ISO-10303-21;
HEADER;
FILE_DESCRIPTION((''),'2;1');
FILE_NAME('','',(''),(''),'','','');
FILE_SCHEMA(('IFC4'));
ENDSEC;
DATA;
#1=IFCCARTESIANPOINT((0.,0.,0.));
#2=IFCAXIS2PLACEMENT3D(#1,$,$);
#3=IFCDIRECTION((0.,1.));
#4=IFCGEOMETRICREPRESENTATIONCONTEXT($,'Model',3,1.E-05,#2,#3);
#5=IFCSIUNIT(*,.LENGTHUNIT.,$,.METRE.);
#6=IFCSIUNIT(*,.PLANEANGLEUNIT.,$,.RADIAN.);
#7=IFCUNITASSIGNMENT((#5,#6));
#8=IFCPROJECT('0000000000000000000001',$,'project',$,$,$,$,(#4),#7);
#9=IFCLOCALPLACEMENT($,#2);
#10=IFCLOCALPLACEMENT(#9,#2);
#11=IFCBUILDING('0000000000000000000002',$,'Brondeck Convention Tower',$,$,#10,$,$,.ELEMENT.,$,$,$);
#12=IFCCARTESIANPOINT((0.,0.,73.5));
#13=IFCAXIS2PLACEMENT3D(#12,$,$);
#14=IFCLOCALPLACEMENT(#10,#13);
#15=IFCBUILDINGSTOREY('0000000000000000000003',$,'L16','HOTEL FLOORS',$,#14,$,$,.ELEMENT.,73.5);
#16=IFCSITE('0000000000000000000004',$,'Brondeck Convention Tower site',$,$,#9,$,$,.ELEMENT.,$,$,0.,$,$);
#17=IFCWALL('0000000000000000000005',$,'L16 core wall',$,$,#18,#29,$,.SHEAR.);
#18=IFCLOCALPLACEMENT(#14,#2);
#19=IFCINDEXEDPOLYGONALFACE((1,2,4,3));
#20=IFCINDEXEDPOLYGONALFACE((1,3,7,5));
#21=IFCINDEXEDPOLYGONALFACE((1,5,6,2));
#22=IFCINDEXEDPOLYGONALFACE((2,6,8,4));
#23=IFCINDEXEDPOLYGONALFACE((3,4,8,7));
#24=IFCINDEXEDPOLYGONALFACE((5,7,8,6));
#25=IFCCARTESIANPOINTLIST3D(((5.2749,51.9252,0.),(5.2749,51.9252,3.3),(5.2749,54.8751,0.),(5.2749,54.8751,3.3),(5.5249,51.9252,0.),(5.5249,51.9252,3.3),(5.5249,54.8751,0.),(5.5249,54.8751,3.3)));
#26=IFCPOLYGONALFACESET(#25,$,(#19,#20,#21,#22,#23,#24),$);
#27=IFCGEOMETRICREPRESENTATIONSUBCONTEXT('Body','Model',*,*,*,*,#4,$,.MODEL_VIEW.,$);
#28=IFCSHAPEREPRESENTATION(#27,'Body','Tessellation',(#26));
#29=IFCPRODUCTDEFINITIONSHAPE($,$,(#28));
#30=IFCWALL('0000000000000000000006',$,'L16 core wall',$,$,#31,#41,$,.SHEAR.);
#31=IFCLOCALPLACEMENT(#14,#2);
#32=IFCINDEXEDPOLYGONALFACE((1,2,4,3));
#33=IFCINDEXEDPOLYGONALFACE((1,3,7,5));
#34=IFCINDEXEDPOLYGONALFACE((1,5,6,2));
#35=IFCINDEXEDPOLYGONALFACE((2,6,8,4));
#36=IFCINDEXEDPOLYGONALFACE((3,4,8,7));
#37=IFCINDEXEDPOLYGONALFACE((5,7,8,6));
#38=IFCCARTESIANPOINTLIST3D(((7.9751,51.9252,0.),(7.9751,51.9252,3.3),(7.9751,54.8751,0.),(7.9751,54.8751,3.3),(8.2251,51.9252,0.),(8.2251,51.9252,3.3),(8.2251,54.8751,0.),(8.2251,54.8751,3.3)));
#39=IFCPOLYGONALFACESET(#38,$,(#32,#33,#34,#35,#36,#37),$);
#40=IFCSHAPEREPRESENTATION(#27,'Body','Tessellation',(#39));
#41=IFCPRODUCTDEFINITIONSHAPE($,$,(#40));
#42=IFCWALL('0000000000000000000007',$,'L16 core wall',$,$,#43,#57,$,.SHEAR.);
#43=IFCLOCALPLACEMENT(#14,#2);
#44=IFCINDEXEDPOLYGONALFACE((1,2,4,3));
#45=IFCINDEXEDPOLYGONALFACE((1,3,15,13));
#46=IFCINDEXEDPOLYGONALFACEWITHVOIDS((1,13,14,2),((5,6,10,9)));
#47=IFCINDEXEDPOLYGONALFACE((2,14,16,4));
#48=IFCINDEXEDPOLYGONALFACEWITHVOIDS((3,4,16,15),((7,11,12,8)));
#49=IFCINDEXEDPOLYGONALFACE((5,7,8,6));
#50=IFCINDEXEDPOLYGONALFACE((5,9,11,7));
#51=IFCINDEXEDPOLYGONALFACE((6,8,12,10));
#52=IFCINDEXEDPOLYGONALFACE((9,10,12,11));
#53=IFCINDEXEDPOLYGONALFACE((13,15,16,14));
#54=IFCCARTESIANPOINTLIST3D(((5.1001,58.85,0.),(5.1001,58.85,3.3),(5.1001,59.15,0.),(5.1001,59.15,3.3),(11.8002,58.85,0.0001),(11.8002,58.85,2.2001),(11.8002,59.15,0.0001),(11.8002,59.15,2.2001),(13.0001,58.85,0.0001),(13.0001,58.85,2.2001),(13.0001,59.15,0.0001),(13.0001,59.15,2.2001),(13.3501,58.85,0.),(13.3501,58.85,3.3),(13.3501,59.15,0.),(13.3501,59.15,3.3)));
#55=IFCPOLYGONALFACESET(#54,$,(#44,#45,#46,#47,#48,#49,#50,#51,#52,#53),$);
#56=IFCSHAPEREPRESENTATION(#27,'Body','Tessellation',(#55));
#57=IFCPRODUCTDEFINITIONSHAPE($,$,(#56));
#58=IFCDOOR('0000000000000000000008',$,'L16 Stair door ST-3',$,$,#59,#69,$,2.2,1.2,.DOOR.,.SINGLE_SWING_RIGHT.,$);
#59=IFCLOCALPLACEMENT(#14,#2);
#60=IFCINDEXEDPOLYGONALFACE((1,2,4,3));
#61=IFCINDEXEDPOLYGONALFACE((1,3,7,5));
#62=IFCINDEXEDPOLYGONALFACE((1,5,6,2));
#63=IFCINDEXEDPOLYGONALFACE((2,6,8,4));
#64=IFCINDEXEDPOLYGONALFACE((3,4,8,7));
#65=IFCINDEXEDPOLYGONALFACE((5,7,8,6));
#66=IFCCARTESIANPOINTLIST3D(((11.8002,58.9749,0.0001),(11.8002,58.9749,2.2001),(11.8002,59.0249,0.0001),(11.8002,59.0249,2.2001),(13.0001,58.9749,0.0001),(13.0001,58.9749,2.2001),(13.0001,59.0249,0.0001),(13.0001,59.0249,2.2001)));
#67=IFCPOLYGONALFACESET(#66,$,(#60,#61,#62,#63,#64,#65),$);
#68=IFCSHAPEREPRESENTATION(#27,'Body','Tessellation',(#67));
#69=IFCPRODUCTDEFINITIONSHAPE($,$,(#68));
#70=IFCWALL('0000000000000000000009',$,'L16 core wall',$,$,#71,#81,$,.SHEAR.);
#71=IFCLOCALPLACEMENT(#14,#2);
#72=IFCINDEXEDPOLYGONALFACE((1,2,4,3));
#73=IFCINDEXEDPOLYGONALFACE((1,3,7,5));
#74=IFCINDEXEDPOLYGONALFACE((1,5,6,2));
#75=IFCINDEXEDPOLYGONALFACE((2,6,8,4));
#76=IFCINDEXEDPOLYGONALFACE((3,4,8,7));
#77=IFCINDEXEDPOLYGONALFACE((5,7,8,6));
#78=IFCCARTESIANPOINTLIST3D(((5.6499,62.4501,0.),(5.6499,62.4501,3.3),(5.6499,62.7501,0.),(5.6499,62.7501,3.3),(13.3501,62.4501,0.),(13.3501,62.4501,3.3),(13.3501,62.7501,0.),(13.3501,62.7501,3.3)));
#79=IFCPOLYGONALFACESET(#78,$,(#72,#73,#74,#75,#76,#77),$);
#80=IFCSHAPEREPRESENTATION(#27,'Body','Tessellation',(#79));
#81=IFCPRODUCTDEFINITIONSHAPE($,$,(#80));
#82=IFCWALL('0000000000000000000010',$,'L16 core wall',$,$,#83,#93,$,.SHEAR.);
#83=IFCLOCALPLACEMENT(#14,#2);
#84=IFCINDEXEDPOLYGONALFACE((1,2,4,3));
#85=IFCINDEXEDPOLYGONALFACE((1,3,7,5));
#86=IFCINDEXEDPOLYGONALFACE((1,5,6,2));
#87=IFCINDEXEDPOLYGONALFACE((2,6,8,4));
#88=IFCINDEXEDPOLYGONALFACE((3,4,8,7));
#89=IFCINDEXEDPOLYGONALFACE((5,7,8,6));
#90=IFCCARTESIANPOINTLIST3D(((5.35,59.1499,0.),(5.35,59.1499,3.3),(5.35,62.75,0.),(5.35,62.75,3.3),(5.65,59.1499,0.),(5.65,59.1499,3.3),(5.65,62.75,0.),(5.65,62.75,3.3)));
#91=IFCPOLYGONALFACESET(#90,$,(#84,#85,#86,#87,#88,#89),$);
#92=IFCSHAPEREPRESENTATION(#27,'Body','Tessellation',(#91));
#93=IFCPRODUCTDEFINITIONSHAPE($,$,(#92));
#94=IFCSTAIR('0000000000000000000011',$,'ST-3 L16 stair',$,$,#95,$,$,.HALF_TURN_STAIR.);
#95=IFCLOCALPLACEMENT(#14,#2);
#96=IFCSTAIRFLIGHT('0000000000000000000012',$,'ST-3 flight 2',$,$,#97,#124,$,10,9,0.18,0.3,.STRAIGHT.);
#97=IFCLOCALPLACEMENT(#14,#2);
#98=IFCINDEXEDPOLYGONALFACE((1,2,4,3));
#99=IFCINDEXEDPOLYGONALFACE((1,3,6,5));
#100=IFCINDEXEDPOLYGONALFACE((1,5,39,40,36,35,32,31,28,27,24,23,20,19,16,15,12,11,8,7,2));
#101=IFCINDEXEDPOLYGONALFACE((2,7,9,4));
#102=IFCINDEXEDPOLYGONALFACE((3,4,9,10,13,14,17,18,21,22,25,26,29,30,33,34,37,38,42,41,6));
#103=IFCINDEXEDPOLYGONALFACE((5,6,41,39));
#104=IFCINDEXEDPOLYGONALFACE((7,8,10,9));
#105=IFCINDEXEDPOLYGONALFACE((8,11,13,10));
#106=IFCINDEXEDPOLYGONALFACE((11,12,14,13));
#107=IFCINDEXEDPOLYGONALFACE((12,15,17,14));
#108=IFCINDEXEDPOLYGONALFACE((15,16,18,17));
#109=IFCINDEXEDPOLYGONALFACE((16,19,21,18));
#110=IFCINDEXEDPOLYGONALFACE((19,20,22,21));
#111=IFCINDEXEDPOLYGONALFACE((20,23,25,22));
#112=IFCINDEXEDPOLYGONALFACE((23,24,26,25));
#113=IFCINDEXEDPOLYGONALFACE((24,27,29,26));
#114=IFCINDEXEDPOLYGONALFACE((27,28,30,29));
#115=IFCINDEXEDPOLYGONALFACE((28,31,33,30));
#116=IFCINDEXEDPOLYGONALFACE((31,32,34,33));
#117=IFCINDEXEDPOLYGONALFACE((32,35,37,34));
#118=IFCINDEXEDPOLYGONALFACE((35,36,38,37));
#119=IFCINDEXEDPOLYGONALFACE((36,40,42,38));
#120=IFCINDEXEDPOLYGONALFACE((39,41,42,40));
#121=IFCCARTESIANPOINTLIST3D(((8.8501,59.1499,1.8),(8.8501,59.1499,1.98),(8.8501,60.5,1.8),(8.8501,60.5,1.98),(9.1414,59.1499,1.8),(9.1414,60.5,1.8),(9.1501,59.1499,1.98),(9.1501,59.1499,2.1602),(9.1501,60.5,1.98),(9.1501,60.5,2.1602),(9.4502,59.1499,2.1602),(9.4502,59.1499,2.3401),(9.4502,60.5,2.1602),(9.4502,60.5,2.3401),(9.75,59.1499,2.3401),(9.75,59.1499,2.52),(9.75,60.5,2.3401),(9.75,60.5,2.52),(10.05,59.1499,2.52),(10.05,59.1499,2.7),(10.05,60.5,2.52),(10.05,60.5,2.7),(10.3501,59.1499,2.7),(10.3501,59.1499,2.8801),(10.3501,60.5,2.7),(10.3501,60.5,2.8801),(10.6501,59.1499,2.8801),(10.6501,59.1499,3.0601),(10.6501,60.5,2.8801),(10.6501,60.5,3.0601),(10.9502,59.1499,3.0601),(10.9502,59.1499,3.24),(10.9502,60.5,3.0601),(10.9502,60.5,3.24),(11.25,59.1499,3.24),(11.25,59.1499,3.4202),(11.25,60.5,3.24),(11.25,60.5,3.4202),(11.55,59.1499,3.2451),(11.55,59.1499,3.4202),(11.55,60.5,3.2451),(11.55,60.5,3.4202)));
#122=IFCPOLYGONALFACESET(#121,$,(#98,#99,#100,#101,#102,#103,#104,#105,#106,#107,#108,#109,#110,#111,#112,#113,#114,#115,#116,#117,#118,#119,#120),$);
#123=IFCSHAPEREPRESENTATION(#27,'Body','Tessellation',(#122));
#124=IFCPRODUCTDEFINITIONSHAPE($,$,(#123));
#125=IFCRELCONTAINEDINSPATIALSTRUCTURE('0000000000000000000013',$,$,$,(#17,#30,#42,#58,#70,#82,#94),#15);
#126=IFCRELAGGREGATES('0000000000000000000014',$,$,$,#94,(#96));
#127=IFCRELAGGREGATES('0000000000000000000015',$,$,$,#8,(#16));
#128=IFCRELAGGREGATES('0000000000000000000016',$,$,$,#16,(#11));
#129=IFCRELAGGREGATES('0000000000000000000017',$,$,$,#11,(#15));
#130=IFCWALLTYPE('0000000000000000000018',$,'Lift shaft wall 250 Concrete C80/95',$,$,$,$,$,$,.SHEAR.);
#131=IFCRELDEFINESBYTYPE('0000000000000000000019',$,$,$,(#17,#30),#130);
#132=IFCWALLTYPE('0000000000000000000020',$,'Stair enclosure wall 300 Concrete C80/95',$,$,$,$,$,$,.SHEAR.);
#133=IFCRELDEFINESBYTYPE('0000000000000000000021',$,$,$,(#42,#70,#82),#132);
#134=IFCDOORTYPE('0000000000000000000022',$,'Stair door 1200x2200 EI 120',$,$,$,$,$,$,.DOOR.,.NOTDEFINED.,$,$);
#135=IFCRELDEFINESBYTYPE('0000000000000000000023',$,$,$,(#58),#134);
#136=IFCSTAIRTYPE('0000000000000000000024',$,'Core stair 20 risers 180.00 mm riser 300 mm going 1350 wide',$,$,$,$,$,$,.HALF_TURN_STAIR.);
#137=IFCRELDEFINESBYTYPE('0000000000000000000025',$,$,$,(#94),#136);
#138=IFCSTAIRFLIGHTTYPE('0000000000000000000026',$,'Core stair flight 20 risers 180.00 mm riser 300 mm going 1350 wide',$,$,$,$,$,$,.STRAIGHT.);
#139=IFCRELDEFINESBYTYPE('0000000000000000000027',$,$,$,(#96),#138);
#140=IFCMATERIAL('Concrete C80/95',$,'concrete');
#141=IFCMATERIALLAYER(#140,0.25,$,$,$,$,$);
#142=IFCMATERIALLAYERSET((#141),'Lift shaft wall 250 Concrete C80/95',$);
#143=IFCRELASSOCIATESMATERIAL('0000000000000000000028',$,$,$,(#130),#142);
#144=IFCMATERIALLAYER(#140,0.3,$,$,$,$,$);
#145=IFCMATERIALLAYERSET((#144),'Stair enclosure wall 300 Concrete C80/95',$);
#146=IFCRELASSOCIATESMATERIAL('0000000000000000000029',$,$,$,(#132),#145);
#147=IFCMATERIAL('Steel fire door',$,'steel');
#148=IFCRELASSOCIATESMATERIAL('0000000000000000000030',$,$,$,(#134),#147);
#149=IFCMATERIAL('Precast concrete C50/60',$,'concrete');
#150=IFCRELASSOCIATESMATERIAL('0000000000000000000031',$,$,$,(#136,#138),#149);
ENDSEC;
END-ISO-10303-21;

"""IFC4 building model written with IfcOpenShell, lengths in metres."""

from ifc_helpers import new_model, si_unit, direction, frame, frame_2d, origin, place, context, subcontext, project, spatial, polyline, rectangle, outline, extrude, material, layer, layer_set, type_object, element, fill, aggregate, save


model = new_model("IFC4")

# Units and contexts
model_context = context("Model", 3, precision=1e-05, world=origin(), true_north=direction((0.0, 1.0)))
body_context = subcontext(model_context, "Body", "Model", "MODEL_VIEW")
ifc_project = project(units=[si_unit("LENGTHUNIT", "METRE"), si_unit("PLANEANGLEUNIT", "RADIAN")], contexts=[model_context])

# Site, building, storey
site_placement = place(None, origin())
site = spatial("IfcSite", under=ifc_project, at=site_placement, Name="Brondeck Convention Tower site", CompositionType="ELEMENT", RefElevation=0.0)
building_placement = place(site_placement, origin())
building = spatial("IfcBuilding", under=site, at=building_placement, Name="Brondeck Convention Tower", CompositionType="ELEMENT")
storey_placement = place(building_placement, frame((0.0, 0.0, 73.5)))
storey = spatial("IfcBuildingStorey", under=building, at=storey_placement, Name="L16", Description="HOTEL FLOORS", CompositionType="ELEMENT", Elevation=73.5)

# Shared definitions
ifc_material_1 = material(Name="Concrete C80/95", Category="concrete")

# Shared definitions
ifc_material_2 = material(Name="Steel fire door", Category="steel")

# Shared definitions
ifc_layer_1 = layer(ifc_material_1, 0.25)
ifc_layer_set_1 = layer_set([ifc_layer_1], Name="Lift shaft wall 250 Concrete C80/95")
wall_type_1 = type_object("IfcWallType", Name="Lift shaft wall 250 Concrete C80/95", PredefinedType="SHEAR", material=ifc_layer_set_1)

# Walls
for number, where, z_axis, x_axis, name in (
    (1, (5.3999, 51.925, 0.0), (0.0, 0.0, 1.0), (0.0, 1.0, 0.0), "L16 core wall"),
    (2, (8.1001, 51.925, 0.0), (0.0, 0.0, 1.0), (0.0, 1.0, 0.0), "L16 core wall"),
):
    element("IfcWall", number, at=place(storey_placement, frame(where, z_axis=z_axis, x_axis=x_axis)), inside=storey, type_object=wall_type_1, Name=name, PredefinedType="SHEAR", context=body_context, shape_type="SweptSolid", body=[
        extrude(rectangle(XDim=2.95, YDim=0.25, at=frame_2d((1.4751, 0.0))), origin(), (0.0, 0.0, 1.0), 3.3),
    ])

# Wall, opening, door
ifc_layer_2 = layer(ifc_material_1, 0.3)
ifc_layer_set_2 = layer_set([ifc_layer_2], Name="Stair enclosure wall 300 Concrete C80/95")
wall_type_2 = type_object("IfcWallType", Name="Stair enclosure wall 300 Concrete C80/95", PredefinedType="SHEAR", material=ifc_layer_set_2)
wall_1_placement = place(storey_placement, frame((5.1001, 59.0, 0.0), z_axis=(0.0, 0.0, 1.0), x_axis=(1.0, 0.0, 0.0)))
wall_1 = element("IfcWall", 3, at=wall_1_placement, inside=storey, type_object=wall_type_2, Name="L16 core wall", PredefinedType="SHEAR", context=body_context, shape_type="SweptSolid", body=[
    extrude(rectangle(XDim=8.25, YDim=0.3, at=frame_2d((4.125, 0.0))), origin(), (0.0, 0.0, 1.0), 3.3),
])
opening_1_placement = place(wall_1_placement, frame((6.7, 0.0, 0.0)))
opening_1 = element("IfcOpeningElement", 4, at=opening_1_placement, cuts=wall_1, PredefinedType="OPENING", context=body_context, shape_type="SweptSolid", body=[
    extrude(rectangle(XDim=1.2, YDim=2.2, at=frame_2d((0.6001, 1.1001))), frame((0.0, 0.1599, 0.0), z_axis=(0.0, -1.0, 0.0), x_axis=(1.0, 0.0, 0.0)), (0.0, 0.0, 1.0), 0.3201),
])
door_type_1 = type_object("IfcDoorType", Name="Stair door 1200x2200 EI 120", OperationType="NOTDEFINED", PredefinedType="DOOR", material=ifc_material_2)
door_1_placement = place(opening_1_placement, origin())
door_1 = element("IfcDoor", 5, at=door_1_placement, inside=storey, type_object=door_type_1, Name="L16 Stair door ST-3", OperationType="SINGLE_SWING_RIGHT", OverallHeight=2.2, OverallWidth=1.2, PredefinedType="DOOR", context=body_context, shape_type="SweptSolid", body=[
    extrude(rectangle(XDim=1.2, YDim=2.2, at=frame_2d((0.6001, 1.1001))), frame((0.0, 0.0249, 0.0), z_axis=(0.0, -1.0, 0.0), x_axis=(1.0, 0.0, 0.0)), (0.0, 0.0, 1.0), 0.05),
])
fill(opening_1, door_1)

# Walls
wall_2_placement = place(storey_placement, frame((5.6499, 62.6001, 0.0), z_axis=(0.0, 0.0, 1.0), x_axis=(1.0, 0.0, 0.0)))
element("IfcWall", 6, at=wall_2_placement, inside=storey, type_object=wall_type_2, Name="L16 core wall", PredefinedType="SHEAR", context=body_context, shape_type="SweptSolid", body=[
    extrude(rectangle(XDim=7.7002, YDim=0.3, at=frame_2d((3.8501, 0.0))), origin(), (0.0, 0.0, 1.0), 3.3),
])
wall_3_placement = place(storey_placement, frame((5.5, 59.1499, 0.0), z_axis=(0.0, 0.0, 1.0), x_axis=(0.0, 1.0, 0.0)))
element("IfcWall", 7, at=wall_3_placement, inside=storey, type_object=wall_type_2, Name="L16 core wall", PredefinedType="SHEAR", context=body_context, shape_type="SweptSolid", body=[
    extrude(rectangle(XDim=3.6001, YDim=0.3, at=frame_2d((1.8, 0.0))), origin(), (0.0, 0.0, 1.0), 3.3),
])

# Stair, stair flight
ifc_material_3 = material(Name="Precast concrete C50/60", Category="concrete")
stair_type = type_object("IfcStairType", Name="Core stair 20 risers 180.00 mm riser 300 mm going 1350 wide", PredefinedType="HALF_TURN_STAIR", material=ifc_material_3)
stair_placement = place(storey_placement, origin())
stair = element("IfcStair", 8, at=stair_placement, inside=storey, type_object=stair_type, Name="ST-3 L16 stair", PredefinedType="HALF_TURN_STAIR")
stair_flight_type = type_object("IfcStairFlightType", Name="Core stair flight 20 risers 180.00 mm riser 300 mm going 1350 wide", PredefinedType="STRAIGHT", material=ifc_material_3)
stair_flight_placement = place(storey_placement, frame((8.8501, 59.825, 1.8), z_axis=(0.0, 0.0, 1.0), x_axis=(1.0, 0.0, 0.0)))
stair_flight = element("IfcStairFlight", 9, at=stair_flight_placement, type_object=stair_flight_type, Name="ST-3 flight 2", NumberOfRisers=10, NumberOfTreads=9, PredefinedType="STRAIGHT", RiserHeight=0.18, TreadLength=0.3, context=body_context, shape_type="SweptSolid", body=[
    extrude(outline(polyline([(0.0, 0.0), (0.0, 0.1799), (0.3, 0.1799), (0.3, 0.3601), (0.6001, 0.3601), (0.6001, 0.54), (0.8999, 0.54), (0.8999, 0.72), (1.2, 0.72), (1.2, 0.8999), (1.5, 0.8999), (1.5, 1.0801), (1.8, 1.0801), (1.8, 1.26), (2.1001, 1.26), (2.1001, 1.4399), (2.3999, 1.4399), (2.3999, 1.6201), (2.7, 1.6201), (2.7, 1.8), (2.7, 1.4451), (0.2913, 0.0), (0.0, 0.0)])), frame((0.0, 0.675, 0.0), z_axis=(0.0, -1.0, 0.0), x_axis=(1.0, 0.0, 0.0)), (0.0, 0.0, 1.0), 1.3501),
])
aggregate(stair, [stair_flight])

save(model, "model.ifc")
